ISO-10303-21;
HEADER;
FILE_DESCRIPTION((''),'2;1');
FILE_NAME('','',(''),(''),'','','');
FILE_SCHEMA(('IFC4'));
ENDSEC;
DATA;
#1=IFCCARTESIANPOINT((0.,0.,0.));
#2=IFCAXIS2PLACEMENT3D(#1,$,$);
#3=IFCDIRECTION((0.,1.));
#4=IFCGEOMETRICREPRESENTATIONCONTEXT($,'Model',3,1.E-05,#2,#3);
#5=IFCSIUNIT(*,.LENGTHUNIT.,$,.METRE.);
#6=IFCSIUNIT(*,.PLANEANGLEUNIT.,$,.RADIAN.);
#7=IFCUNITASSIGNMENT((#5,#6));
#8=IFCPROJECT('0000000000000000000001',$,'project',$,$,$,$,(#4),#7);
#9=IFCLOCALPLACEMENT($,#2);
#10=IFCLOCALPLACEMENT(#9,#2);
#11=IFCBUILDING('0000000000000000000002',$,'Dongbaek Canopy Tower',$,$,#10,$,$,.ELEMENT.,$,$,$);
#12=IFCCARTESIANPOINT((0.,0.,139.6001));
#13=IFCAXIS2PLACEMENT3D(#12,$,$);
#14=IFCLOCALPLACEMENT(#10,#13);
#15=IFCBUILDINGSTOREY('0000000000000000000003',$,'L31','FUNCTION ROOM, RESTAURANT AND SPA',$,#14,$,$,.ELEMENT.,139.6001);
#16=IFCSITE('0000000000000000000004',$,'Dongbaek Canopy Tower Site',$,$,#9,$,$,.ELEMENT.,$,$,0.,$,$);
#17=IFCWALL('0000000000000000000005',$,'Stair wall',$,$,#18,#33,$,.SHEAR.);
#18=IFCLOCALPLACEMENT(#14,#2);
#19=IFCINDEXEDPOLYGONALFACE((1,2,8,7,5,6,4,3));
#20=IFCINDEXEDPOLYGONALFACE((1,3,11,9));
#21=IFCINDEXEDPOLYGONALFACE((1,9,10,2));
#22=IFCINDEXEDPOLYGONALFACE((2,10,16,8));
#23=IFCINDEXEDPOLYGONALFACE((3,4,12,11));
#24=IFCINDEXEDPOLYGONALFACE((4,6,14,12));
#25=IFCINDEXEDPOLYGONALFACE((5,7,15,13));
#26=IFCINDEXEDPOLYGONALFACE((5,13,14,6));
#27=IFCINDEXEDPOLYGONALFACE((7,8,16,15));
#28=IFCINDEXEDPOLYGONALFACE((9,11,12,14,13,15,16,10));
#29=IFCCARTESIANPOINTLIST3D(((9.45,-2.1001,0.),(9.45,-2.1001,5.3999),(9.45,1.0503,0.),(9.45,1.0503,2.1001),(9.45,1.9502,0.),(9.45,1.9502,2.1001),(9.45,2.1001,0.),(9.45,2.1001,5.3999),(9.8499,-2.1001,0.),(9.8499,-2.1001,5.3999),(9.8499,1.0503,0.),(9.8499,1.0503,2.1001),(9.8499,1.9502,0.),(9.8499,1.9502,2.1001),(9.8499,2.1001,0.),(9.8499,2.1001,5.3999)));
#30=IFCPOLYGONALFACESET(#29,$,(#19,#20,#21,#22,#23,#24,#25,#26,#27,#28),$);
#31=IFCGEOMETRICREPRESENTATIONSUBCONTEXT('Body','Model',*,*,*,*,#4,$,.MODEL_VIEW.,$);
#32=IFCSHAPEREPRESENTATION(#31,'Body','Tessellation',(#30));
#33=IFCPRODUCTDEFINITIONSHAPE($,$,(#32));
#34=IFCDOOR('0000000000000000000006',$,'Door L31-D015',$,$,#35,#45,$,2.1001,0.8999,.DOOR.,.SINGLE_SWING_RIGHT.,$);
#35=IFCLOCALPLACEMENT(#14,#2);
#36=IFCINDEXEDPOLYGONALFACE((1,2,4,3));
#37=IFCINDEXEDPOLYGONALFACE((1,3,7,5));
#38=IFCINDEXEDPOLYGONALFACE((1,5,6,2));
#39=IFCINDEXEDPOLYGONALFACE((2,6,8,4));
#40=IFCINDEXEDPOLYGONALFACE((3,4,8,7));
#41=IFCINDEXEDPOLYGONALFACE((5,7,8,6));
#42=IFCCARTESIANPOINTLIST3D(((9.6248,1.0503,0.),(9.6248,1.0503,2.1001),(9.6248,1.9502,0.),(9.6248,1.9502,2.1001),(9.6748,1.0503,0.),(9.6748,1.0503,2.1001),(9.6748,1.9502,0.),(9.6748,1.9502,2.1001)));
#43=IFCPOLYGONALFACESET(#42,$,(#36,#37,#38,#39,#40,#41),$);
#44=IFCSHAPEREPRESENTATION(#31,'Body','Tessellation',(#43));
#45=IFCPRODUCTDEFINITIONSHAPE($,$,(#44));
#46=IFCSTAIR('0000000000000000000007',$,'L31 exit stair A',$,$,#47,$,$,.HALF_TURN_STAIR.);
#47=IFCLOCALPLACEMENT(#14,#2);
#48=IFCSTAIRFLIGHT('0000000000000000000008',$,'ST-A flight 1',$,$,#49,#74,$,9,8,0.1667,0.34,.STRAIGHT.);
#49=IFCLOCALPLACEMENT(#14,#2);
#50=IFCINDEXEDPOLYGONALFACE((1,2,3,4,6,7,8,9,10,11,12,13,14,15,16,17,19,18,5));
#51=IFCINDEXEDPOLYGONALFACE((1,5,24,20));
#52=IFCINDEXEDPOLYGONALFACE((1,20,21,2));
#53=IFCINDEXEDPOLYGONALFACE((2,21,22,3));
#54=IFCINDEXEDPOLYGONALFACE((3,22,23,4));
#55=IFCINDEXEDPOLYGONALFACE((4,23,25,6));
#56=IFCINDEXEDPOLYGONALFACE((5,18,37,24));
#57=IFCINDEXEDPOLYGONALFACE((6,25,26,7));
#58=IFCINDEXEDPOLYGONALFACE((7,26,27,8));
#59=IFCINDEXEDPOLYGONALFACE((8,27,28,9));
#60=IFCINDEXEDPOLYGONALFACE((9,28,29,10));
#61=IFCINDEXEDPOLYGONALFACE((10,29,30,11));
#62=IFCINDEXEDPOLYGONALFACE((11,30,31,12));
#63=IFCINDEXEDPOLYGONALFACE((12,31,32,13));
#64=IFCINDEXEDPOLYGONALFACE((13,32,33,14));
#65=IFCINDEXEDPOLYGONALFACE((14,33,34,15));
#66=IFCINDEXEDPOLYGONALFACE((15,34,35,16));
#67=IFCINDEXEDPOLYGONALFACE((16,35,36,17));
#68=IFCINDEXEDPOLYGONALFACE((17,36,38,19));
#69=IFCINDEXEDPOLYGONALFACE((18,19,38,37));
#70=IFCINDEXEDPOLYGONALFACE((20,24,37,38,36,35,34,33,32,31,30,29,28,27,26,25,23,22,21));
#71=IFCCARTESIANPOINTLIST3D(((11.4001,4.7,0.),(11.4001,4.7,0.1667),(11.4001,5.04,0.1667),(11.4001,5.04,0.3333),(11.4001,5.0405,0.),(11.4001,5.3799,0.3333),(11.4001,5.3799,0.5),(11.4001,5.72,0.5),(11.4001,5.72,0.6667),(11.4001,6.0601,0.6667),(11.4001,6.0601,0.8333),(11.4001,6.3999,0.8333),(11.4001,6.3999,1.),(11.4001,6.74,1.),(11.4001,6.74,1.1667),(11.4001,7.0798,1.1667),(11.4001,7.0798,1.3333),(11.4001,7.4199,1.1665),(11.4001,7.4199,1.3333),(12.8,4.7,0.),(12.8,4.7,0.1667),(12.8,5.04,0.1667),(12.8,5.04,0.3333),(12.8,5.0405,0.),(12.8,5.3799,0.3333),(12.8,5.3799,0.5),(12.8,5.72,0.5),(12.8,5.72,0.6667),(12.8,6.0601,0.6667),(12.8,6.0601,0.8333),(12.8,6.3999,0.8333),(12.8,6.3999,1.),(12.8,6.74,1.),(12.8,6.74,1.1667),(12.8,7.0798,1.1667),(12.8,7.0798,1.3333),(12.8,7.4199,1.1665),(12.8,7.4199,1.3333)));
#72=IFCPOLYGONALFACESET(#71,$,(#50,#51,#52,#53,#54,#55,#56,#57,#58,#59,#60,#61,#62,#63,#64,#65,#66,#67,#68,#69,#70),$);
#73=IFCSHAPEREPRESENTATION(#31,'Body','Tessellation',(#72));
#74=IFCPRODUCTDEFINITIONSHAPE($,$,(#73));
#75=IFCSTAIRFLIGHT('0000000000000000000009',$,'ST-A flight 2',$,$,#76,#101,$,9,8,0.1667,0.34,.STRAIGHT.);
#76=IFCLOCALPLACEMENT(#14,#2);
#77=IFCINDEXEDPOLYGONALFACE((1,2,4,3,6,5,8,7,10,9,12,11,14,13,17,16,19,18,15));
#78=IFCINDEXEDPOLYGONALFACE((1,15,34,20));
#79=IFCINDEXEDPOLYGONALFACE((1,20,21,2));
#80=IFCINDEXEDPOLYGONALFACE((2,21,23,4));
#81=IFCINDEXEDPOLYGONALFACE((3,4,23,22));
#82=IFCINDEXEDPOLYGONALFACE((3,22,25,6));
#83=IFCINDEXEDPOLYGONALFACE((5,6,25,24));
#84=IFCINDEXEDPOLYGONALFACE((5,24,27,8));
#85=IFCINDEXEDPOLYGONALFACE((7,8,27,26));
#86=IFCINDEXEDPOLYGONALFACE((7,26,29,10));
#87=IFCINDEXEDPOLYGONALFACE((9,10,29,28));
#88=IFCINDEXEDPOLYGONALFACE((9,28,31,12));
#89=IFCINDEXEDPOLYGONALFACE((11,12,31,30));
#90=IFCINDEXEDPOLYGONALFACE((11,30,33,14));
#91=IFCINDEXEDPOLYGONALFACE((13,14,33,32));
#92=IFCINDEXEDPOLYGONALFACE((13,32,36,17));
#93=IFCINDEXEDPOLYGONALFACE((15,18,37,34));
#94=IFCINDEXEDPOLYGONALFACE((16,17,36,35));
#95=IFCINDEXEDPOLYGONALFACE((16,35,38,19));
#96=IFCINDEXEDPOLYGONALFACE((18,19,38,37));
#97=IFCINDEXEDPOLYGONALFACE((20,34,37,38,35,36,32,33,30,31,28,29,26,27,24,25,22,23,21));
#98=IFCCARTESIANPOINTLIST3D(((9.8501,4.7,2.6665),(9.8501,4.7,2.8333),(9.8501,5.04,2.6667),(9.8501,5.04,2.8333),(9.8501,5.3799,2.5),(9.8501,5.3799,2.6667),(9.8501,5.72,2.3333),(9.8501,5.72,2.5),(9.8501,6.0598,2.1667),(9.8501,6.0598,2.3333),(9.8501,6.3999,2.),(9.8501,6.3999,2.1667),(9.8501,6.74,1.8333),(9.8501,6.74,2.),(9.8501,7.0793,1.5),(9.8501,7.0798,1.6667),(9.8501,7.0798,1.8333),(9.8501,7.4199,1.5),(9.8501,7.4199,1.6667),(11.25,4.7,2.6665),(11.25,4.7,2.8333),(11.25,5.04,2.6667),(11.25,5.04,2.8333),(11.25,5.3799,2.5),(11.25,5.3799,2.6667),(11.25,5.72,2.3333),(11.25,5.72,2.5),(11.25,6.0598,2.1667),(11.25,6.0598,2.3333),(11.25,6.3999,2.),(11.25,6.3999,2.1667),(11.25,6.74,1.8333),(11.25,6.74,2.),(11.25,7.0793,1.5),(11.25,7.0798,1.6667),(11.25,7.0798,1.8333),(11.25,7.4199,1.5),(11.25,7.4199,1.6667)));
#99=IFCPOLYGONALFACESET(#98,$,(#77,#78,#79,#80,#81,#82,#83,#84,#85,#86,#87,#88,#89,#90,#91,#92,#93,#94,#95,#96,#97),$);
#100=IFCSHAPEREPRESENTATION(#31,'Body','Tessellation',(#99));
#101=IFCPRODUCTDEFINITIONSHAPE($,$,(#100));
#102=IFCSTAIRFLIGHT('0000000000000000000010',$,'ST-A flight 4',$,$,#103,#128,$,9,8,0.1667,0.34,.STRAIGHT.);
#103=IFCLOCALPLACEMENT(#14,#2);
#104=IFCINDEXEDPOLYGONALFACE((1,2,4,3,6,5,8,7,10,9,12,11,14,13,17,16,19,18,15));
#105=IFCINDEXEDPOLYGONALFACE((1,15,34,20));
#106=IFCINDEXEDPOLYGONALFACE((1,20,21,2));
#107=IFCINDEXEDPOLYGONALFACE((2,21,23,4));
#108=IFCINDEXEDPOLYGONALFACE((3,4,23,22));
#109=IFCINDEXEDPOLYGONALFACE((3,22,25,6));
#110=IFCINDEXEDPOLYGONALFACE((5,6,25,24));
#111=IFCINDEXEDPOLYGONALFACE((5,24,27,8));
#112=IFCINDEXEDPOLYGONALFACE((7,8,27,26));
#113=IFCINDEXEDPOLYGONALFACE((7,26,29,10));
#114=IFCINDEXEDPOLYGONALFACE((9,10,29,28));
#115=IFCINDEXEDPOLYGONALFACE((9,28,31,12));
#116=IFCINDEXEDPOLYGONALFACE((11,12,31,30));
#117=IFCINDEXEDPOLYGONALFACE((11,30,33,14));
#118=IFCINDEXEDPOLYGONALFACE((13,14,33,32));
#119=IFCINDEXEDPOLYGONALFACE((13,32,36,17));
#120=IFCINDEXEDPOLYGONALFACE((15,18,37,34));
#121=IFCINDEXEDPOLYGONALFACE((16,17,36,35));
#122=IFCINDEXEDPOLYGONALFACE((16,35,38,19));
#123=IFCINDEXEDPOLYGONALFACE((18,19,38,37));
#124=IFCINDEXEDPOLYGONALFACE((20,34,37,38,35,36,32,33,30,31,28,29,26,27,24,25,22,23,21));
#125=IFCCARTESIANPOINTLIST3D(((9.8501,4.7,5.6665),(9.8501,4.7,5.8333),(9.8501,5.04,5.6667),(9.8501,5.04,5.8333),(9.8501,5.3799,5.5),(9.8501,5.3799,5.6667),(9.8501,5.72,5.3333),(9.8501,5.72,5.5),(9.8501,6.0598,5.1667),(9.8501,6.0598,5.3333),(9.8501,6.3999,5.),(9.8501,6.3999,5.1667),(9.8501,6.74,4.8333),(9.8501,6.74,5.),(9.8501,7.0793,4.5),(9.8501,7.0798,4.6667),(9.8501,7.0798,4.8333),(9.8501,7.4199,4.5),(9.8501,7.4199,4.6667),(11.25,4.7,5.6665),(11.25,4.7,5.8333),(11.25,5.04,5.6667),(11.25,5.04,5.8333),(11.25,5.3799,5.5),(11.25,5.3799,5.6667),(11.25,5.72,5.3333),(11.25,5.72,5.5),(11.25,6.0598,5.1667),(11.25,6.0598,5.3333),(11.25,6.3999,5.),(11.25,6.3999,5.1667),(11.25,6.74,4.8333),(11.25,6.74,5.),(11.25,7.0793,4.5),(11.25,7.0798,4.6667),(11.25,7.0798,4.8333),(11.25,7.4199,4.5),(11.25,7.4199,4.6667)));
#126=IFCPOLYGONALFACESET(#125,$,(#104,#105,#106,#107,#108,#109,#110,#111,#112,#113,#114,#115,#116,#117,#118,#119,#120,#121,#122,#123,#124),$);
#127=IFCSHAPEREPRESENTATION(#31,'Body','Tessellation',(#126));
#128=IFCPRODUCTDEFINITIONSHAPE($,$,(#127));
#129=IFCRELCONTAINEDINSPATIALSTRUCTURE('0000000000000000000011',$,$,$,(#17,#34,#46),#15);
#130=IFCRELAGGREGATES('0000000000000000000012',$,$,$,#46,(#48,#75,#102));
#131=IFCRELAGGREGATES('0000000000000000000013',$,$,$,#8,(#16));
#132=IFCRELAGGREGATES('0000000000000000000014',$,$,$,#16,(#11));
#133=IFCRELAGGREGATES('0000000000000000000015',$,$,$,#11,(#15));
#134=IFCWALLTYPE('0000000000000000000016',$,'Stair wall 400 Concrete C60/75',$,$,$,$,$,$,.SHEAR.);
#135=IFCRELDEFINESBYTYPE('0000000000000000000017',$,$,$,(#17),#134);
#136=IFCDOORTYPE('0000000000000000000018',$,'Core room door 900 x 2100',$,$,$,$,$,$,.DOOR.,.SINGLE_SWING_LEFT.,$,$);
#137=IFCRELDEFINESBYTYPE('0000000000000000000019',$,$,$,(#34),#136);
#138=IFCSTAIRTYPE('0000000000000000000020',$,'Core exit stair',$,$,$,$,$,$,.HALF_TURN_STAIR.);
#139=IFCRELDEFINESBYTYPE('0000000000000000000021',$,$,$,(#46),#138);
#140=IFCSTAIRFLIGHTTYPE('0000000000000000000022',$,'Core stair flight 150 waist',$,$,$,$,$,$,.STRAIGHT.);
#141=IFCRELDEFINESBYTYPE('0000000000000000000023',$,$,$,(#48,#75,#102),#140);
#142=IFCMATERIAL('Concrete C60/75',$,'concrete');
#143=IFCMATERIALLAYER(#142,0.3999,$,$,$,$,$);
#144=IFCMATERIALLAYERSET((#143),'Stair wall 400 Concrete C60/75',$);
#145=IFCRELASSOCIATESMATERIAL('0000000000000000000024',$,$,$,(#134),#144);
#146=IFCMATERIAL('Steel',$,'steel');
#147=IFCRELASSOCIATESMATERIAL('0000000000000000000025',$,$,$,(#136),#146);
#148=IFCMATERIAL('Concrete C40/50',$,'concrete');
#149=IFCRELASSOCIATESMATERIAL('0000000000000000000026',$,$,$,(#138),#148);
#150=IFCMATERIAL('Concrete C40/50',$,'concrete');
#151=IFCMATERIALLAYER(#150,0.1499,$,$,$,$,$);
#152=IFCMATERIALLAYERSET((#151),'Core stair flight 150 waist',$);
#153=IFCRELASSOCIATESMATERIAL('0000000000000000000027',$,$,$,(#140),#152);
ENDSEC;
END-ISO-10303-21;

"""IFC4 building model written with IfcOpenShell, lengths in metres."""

from ifc_helpers import new_model, si_unit, direction, frame, frame_2d, origin, place, context, subcontext, project, spatial, polyline, rectangle, outline, extrude, material, layer, layer_set, type_object, element, fill, aggregate, save


model = new_model("IFC4")

# Units and contexts
model_context = context("Model", 3, precision=1e-05, world=origin(), true_north=direction((0.0, 1.0)))
body_context = subcontext(model_context, "Body", "Model", "MODEL_VIEW")
ifc_project = project(units=[si_unit("LENGTHUNIT", "METRE"), si_unit("PLANEANGLEUNIT", "RADIAN")], contexts=[model_context])

# Site, building, storey
site_placement = place(None, origin())
site = spatial("IfcSite", under=ifc_project, at=site_placement, Name="Dongbaek Canopy Tower Site", CompositionType="ELEMENT", RefElevation=0.0)
building_placement = place(site_placement, origin())
building = spatial("IfcBuilding", under=site, at=building_placement, Name="Dongbaek Canopy Tower", CompositionType="ELEMENT")
storey_placement = place(building_placement, frame((0.0, 0.0, 139.6001)))
storey = spatial("IfcBuildingStorey", under=building, at=storey_placement, Name="L31", Description="FUNCTION ROOM, RESTAURANT AND SPA", CompositionType="ELEMENT", Elevation=139.6001)

# Wall, opening, door
ifc_material_1 = material(Name="Concrete C60/75", Category="concrete")
ifc_layer_1 = layer(ifc_material_1, 0.3999)
ifc_layer_set_1 = layer_set([ifc_layer_1], Name="Stair wall 400 Concrete C60/75")
wall_type = type_object("IfcWallType", Name="Stair wall 400 Concrete C60/75", PredefinedType="SHEAR", material=ifc_layer_set_1)
wall_placement = place(storey_placement, frame((9.6499, 2.1001, 0.0), z_axis=(0.0, 0.0, 1.0), x_axis=(0.0, -1.0, 0.0)))
wall = element("IfcWall", 1, at=wall_placement, inside=storey, type_object=wall_type, Name="Stair wall", PredefinedType="SHEAR", context=body_context, shape_type="SweptSolid", body=[
    extrude(rectangle(XDim=4.2002, YDim=0.3999, at=frame_2d((2.1001, 0.0))), origin(), (0.0, 0.0, 1.0), 5.3999),
])
opening_placement = place(wall_placement, frame((0.1499, 0.0, 0.0)))
opening = element("IfcOpeningElement", 2, at=opening_placement, cuts=wall, PredefinedType="OPENING", context=body_context, shape_type="SweptSolid", body=[
    extrude(rectangle(XDim=0.8999, YDim=2.1001, at=frame_2d((0.45, 1.05))), frame((0.0, 0.21, 0.0), z_axis=(0.0, -1.0, 0.0), x_axis=(1.0, 0.0, 0.0)), (0.0, 0.0, 1.0), 0.4199),
])
ifc_material_2 = material(Name="Steel", Category="steel")
door_type = type_object("IfcDoorType", Name="Core room door 900 x 2100", OperationType="SINGLE_SWING_LEFT", PredefinedType="DOOR", material=ifc_material_2)
door_placement = place(opening_placement, origin())
door = element("IfcDoor", 3, at=door_placement, inside=storey, type_object=door_type, Name="Door L31-D015", OperationType="SINGLE_SWING_RIGHT", OverallHeight=2.1001, OverallWidth=0.8999, PredefinedType="DOOR", context=body_context, shape_type="SweptSolid", body=[
    extrude(rectangle(XDim=0.8999, YDim=2.1001, at=frame_2d((0.45, 1.05))), frame((0.0, 0.0249, 0.0), z_axis=(0.0, -1.0, 0.0), x_axis=(1.0, 0.0, 0.0)), (0.0, 0.0, 1.0), 0.05),
])
fill(opening, door)

# Stair, stair flights
ifc_material_3 = material(Name="Concrete C40/50", Category="concrete")
stair_type = type_object("IfcStairType", Name="Core exit stair", PredefinedType="HALF_TURN_STAIR", material=ifc_material_3)
stair_placement = place(storey_placement, origin())
stair = element("IfcStair", 4, at=stair_placement, inside=storey, type_object=stair_type, Name="L31 exit stair A", PredefinedType="HALF_TURN_STAIR")
ifc_material_4 = material(Name="Concrete C40/50", Category="concrete")
ifc_layer_2 = layer(ifc_material_4, 0.1499)
ifc_layer_set_2 = layer_set([ifc_layer_2], Name="Core stair flight 150 waist")
stair_flight_type = type_object("IfcStairFlightType", Name="Core stair flight 150 waist", PredefinedType="STRAIGHT", material=ifc_layer_set_2)
stair_flight_1_placement = place(storey_placement, frame((12.1001, 4.7, 0.0), z_axis=(0.0, 0.0, 1.0), x_axis=(0.0, 1.0, 0.0)))
stair_flight_1 = element("IfcStairFlight", 5, at=stair_flight_1_placement, type_object=stair_flight_type, Name="ST-A flight 1", NumberOfRisers=9, NumberOfTreads=8, PredefinedType="STRAIGHT", RiserHeight=0.1667, TreadLength=0.34, context=body_context, shape_type="SweptSolid", body=[
    extrude(outline(polyline([(0.0, 0.0), (0.0, 0.1667), (0.3401, 0.1667), (0.3401, 0.3333), (0.6799, 0.3333), (0.6799, 0.5), (1.02, 0.5), (1.02, 0.6667), (1.3601, 0.6667), (1.3601, 0.8333), (1.7, 0.8333), (1.7, 1.0), (2.04, 1.0), (2.04, 1.1667), (2.3799, 1.1667), (2.3799, 1.3333), (2.72, 1.3333), (2.72, 1.5), (2.72, 1.1665), (0.3406, 0.0), (0.0, 0.0)])), frame((0.0, 0.7, 0.0), z_axis=(0.0, -1.0, 0.0), x_axis=(1.0, 0.0, 0.0)), (0.0, 0.0, 1.0), 1.3999),
])
stair_flight_2_placement = place(storey_placement, frame((10.55, 7.4199, 1.5), z_axis=(0.0, 0.0, 1.0), x_axis=(0.0, -1.0, 0.0)))
stair_flight_2 = element("IfcStairFlight", 6, at=stair_flight_2_placement, type_object=stair_flight_type, Name="ST-A flight 2", NumberOfRisers=9, NumberOfTreads=8, PredefinedType="STRAIGHT", RiserHeight=0.1667, TreadLength=0.34, context=body_context, shape_type="SweptSolid", body=[
    extrude(outline(polyline([(0.0, 0.0), (0.0, 0.1667), (0.3401, 0.1667), (0.3401, 0.3333), (0.6799, 0.3333), (0.6799, 0.5), (1.02, 0.5), (1.02, 0.6667), (1.3601, 0.6667), (1.3601, 0.8333), (1.7, 0.8333), (1.7, 1.0), (2.04, 1.0), (2.04, 1.1667), (2.3799, 1.1667), (2.3799, 1.3333), (2.72, 1.3333), (2.72, 1.5), (2.72, 1.1665), (0.3406, 0.0), (0.0, 0.0)])), frame((0.0, 0.7, 0.0), z_axis=(0.0, -1.0, 0.0), x_axis=(1.0, 0.0, 0.0)), (0.0, 0.0, 1.0), 1.3999),
])
stair_flight_3_placement = place(storey_placement, frame((10.55, 7.4199, 4.5), z_axis=(0.0, 0.0, 1.0), x_axis=(0.0, -1.0, 0.0)))
stair_flight_3 = element("IfcStairFlight", 7, at=stair_flight_3_placement, type_object=stair_flight_type, Name="ST-A flight 4", NumberOfRisers=9, NumberOfTreads=8, PredefinedType="STRAIGHT", RiserHeight=0.1667, TreadLength=0.34, context=body_context, shape_type="SweptSolid", body=[
    extrude(outline(polyline([(0.0, 0.0), (0.0, 0.1667), (0.3401, 0.1667), (0.3401, 0.3333), (0.6799, 0.3333), (0.6799, 0.5), (1.02, 0.5), (1.02, 0.6667), (1.3601, 0.6667), (1.3601, 0.8333), (1.7, 0.8333), (1.7, 1.0), (2.04, 1.0), (2.04, 1.1667), (2.3799, 1.1667), (2.3799, 1.3333), (2.72, 1.3333), (2.72, 1.5), (2.72, 1.1665), (0.3406, 0.0), (0.0, 0.0)])), frame((0.0, 0.7, 0.0), z_axis=(0.0, -1.0, 0.0), x_axis=(1.0, 0.0, 0.0)), (0.0, 0.0, 1.0), 1.3999),
])
aggregate(stair, [stair_flight_1, stair_flight_2, stair_flight_3])

save(model, "model.ifc")
